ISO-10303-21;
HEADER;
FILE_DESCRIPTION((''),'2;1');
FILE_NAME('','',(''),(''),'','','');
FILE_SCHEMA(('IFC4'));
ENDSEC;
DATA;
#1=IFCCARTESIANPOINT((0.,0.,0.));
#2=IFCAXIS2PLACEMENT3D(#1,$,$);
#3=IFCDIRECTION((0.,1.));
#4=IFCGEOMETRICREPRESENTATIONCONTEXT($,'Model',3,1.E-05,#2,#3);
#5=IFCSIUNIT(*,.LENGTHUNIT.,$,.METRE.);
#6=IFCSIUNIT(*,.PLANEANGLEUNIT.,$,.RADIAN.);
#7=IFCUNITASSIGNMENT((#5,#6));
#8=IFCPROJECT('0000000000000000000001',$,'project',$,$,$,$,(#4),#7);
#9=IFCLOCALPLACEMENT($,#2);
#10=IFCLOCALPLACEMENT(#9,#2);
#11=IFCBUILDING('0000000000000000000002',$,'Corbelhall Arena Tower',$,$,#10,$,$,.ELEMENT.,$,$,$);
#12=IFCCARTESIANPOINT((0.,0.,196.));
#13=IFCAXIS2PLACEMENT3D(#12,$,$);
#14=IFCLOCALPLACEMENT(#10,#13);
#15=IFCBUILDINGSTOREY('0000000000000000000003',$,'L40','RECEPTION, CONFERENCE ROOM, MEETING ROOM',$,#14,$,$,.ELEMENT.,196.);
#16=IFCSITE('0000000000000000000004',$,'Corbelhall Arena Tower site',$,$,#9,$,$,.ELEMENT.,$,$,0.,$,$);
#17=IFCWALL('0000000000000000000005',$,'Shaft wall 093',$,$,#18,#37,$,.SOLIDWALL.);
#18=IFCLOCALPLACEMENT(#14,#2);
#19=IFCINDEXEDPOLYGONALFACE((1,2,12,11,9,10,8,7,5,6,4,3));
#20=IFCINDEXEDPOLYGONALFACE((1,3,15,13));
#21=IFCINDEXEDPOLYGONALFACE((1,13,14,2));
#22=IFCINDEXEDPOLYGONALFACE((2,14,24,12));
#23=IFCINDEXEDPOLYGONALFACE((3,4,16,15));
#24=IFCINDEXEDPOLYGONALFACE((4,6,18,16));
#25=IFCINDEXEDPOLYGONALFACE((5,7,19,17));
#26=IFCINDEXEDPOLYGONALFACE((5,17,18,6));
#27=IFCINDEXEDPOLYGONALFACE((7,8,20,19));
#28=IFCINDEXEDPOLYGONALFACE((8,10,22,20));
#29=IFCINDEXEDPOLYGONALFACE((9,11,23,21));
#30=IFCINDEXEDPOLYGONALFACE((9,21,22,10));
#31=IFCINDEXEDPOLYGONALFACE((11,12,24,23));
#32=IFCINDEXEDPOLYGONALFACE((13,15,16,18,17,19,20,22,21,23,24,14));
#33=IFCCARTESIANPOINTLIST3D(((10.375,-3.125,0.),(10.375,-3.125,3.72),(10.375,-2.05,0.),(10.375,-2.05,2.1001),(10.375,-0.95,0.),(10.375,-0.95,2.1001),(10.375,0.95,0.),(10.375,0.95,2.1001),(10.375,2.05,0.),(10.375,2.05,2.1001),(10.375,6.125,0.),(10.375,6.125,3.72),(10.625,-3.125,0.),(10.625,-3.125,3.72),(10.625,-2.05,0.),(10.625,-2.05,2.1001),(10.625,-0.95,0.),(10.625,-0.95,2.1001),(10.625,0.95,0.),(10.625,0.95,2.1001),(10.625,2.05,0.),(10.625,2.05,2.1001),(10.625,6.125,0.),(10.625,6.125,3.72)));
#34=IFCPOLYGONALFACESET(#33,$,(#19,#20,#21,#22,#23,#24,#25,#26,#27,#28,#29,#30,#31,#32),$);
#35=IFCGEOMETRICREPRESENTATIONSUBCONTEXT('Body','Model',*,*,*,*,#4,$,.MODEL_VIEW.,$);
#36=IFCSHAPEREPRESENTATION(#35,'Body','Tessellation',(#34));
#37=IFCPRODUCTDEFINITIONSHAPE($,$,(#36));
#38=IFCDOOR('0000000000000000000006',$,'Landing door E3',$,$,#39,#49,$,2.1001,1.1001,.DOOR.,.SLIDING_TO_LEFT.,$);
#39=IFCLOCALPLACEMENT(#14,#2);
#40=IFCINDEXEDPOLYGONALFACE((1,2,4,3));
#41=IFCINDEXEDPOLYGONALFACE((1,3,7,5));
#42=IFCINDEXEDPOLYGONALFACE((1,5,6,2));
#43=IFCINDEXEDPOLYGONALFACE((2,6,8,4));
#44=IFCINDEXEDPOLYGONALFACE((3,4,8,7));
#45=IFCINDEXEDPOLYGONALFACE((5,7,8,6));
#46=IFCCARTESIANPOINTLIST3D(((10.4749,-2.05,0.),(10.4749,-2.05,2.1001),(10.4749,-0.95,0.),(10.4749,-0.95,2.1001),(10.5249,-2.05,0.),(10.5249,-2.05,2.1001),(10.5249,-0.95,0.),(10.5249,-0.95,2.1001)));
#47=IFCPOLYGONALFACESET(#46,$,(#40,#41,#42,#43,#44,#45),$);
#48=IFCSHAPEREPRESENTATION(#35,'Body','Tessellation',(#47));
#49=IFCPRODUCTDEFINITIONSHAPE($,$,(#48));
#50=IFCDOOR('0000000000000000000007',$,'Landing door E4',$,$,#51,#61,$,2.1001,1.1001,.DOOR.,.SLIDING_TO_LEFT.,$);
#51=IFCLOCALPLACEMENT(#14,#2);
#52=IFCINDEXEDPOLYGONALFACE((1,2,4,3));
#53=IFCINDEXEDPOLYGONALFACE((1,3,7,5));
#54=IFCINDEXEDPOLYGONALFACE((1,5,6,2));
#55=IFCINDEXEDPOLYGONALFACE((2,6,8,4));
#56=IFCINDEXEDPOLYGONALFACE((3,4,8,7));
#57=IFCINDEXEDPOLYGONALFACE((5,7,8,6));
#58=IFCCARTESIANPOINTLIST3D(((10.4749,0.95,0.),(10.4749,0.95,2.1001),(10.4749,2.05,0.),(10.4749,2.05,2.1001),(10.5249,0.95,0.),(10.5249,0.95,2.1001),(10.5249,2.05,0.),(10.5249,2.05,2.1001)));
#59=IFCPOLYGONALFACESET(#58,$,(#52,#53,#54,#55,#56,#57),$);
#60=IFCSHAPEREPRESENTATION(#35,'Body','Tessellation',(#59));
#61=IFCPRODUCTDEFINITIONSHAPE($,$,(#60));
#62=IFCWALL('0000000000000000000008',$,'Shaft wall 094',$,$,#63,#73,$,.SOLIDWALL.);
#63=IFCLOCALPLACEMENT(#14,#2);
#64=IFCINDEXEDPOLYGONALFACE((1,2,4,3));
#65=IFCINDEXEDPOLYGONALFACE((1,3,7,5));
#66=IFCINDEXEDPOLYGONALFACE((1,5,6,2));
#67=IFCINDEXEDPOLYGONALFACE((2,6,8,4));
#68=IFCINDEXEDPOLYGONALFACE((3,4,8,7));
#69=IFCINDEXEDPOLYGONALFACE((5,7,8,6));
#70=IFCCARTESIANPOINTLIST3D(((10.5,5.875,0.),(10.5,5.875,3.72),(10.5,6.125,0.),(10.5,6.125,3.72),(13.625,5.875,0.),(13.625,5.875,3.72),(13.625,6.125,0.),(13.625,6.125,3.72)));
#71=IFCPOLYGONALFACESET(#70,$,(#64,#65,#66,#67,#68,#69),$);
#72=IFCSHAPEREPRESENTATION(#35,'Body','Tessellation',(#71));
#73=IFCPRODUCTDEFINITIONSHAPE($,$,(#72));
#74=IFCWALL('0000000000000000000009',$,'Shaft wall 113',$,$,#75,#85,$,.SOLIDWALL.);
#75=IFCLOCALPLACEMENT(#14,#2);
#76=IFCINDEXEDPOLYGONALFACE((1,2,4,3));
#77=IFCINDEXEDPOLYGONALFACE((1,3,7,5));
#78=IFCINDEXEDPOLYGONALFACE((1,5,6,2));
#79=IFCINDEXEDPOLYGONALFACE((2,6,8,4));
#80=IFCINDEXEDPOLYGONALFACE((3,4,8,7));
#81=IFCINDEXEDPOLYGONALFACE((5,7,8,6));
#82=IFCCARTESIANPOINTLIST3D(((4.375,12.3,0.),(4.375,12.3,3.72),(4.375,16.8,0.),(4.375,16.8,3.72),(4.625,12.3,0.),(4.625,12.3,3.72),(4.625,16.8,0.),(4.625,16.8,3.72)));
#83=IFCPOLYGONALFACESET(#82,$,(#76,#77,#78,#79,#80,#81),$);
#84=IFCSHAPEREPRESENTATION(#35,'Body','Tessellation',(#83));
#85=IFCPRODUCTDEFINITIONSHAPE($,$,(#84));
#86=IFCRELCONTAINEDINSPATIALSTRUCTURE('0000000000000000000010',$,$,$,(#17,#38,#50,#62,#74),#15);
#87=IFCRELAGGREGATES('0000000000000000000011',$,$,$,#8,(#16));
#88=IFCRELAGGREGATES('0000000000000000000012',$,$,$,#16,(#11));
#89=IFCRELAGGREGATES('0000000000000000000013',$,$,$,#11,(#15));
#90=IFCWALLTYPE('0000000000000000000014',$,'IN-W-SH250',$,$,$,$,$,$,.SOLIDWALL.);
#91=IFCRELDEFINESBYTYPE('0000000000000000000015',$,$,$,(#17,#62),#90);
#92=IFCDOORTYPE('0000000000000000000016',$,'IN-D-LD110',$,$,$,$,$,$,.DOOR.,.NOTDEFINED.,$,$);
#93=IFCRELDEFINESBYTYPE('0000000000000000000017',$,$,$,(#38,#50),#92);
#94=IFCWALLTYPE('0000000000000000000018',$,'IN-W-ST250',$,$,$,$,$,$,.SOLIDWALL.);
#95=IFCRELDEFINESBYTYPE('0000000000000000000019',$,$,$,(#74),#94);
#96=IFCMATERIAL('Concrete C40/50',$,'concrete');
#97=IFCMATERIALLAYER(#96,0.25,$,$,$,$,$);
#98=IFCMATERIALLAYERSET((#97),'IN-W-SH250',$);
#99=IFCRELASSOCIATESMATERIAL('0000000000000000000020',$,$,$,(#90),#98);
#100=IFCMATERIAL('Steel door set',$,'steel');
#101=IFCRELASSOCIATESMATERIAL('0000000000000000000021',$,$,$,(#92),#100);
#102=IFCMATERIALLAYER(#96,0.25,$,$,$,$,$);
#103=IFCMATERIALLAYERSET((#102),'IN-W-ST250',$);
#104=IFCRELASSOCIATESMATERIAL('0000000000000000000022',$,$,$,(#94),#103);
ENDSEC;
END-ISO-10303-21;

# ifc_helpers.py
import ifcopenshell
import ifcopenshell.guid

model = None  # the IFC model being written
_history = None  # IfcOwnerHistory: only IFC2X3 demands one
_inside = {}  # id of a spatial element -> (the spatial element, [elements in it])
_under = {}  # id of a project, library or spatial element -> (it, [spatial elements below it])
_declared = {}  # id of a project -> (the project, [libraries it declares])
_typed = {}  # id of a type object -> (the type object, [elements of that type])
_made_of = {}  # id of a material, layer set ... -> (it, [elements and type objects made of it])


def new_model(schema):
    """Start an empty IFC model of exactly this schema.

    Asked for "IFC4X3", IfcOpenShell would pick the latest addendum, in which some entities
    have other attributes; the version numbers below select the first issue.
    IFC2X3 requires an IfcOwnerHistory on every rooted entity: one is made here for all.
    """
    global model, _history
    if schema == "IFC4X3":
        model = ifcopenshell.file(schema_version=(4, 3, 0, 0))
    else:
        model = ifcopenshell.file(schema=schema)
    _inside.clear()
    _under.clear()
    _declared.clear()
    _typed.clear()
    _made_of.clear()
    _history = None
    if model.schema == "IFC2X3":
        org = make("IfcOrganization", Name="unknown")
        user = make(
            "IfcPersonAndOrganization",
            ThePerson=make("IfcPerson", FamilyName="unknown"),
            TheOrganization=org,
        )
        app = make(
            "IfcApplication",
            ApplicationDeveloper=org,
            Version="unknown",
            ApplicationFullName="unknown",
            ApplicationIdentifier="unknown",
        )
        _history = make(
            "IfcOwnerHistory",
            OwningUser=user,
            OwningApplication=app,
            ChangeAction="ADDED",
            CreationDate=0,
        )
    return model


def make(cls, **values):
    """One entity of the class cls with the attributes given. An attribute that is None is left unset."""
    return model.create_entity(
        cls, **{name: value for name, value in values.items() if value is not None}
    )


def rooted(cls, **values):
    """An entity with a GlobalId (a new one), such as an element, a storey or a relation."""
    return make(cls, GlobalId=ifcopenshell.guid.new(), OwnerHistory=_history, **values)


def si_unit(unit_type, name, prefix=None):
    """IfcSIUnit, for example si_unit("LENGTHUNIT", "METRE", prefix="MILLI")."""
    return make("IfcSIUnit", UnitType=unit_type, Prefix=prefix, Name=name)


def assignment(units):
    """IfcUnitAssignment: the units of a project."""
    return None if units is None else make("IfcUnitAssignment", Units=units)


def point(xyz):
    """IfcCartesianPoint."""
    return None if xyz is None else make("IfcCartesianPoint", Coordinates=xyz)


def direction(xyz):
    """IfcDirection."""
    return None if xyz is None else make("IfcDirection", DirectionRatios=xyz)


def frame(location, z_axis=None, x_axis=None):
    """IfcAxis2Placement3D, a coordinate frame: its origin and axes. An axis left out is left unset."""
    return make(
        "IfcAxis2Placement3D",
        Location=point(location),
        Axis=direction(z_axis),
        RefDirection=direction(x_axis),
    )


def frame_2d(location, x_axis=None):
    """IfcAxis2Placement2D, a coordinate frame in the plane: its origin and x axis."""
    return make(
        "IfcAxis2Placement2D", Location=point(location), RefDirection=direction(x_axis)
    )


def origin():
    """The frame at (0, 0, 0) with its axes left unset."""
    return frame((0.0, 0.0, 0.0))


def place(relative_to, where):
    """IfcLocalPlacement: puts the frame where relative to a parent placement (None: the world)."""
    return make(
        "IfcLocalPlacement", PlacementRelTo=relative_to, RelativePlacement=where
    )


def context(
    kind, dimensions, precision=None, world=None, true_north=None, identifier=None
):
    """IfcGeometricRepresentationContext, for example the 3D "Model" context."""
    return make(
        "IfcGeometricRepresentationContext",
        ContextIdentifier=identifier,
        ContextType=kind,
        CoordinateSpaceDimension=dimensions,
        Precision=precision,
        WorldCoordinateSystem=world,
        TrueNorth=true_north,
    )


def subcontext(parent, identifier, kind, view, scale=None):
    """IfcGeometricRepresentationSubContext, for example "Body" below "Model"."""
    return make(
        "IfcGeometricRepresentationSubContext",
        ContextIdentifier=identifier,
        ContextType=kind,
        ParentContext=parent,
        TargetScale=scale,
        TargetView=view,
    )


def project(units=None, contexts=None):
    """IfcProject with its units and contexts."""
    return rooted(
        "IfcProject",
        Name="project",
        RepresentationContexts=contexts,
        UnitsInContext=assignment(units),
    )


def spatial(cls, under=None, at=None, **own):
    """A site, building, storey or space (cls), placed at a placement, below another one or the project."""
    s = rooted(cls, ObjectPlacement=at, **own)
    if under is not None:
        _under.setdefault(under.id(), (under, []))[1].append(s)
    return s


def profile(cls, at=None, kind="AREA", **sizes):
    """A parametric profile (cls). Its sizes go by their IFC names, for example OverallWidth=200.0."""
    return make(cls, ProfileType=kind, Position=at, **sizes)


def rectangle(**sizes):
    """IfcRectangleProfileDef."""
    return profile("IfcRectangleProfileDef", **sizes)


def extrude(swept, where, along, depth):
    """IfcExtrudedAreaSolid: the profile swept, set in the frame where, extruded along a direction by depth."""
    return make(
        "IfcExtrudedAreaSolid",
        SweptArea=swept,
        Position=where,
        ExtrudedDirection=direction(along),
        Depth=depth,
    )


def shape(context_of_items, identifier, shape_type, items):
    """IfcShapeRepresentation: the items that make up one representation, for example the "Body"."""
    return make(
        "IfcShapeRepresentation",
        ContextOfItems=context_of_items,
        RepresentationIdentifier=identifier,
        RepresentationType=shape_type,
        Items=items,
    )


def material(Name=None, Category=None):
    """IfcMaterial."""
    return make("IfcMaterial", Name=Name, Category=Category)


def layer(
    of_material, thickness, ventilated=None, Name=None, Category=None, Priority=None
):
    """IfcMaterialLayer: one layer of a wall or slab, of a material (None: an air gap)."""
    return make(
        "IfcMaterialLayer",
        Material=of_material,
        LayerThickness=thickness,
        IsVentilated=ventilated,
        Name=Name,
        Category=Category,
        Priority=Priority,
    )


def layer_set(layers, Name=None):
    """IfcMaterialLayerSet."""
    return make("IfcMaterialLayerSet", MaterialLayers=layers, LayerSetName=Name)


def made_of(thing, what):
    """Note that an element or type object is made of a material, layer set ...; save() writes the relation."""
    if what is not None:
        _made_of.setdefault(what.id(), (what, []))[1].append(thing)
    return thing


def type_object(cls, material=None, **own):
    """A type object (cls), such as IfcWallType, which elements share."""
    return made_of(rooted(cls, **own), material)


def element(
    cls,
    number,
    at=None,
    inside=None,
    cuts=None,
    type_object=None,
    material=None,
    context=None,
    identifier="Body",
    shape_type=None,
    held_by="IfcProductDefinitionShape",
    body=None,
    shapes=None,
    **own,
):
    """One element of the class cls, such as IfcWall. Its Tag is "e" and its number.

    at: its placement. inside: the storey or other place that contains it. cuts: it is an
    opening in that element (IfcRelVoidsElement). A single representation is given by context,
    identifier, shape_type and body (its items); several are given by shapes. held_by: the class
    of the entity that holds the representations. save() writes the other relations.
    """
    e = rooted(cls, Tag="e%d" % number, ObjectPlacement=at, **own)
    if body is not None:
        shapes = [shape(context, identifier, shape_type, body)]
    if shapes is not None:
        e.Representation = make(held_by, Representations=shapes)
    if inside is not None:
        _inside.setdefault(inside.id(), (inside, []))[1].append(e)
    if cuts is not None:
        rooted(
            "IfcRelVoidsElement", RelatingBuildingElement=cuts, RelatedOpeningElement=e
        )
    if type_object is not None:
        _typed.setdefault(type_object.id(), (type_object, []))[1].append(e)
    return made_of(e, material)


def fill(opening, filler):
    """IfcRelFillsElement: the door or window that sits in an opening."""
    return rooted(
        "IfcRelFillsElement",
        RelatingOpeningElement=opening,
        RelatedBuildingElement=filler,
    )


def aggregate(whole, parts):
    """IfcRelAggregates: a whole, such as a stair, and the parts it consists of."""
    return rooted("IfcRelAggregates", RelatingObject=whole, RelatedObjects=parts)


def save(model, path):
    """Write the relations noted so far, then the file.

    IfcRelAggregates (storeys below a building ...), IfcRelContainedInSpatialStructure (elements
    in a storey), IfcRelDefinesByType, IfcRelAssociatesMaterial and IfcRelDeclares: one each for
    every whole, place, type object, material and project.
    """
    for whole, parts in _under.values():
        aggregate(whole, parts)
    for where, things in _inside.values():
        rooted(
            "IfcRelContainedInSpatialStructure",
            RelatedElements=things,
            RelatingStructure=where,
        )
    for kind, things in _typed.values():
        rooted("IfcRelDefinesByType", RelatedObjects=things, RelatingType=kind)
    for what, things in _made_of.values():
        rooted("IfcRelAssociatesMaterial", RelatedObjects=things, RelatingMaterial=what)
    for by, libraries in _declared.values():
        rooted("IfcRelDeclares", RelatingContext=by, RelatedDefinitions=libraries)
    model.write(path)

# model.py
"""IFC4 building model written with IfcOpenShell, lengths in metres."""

from ifc_helpers import new_model, si_unit, direction, frame, frame_2d, origin, place, context, subcontext, project, spatial, rectangle, extrude, material, layer, layer_set, type_object, element, fill, save


model = new_model("IFC4")

# Units and contexts
model_context = context("Model", 3, precision=1e-05, world=origin(), true_north=direction((0.0, 1.0)))
body_context = subcontext(model_context, "Body", "Model", "MODEL_VIEW")
ifc_project = project(units=[si_unit("LENGTHUNIT", "METRE"), si_unit("PLANEANGLEUNIT", "RADIAN")], contexts=[model_context])

# Site, building, storey
site_placement = place(None, origin())
site = spatial("IfcSite", under=ifc_project, at=site_placement, Name="Corbelhall Arena Tower site", CompositionType="ELEMENT", RefElevation=0.0)
building_placement = place(site_placement, origin())
building = spatial("IfcBuilding", under=site, at=building_placement, Name="Corbelhall Arena Tower", CompositionType="ELEMENT")
storey_placement = place(building_placement, frame((0.0, 0.0, 196.0)))
storey = spatial("IfcBuildingStorey", under=building, at=storey_placement, Name="L40", Description="RECEPTION, CONFERENCE ROOM, MEETING ROOM", CompositionType="ELEMENT", Elevation=196.0)

# Shared definitions
ifc_material_1 = material(Name="Steel door set", Category="steel")

# Shared definitions
ifc_material_2 = material(Name="Concrete C40/50", Category="concrete")
ifc_layer_1 = layer(ifc_material_2, 0.25)
ifc_layer_set_1 = layer_set([ifc_layer_1], Name="IN-W-SH250")
wall_type_1 = type_object("IfcWallType", Name="IN-W-SH250", PredefinedType="SOLIDWALL", material=ifc_layer_set_1)

# Wall, openings, doors
wall_1_placement = place(storey_placement, frame((10.5, 6.125, 0.0), z_axis=(0.0, 0.0, 1.0), x_axis=(0.0, -1.0, 0.0)))
wall_1 = element("IfcWall", 1, at=wall_1_placement, inside=storey, type_object=wall_type_1, Name="Shaft wall 093", PredefinedType="SOLIDWALL", context=body_context, shape_type="SweptSolid", body=[
    extrude(rectangle(XDim=9.25, YDim=0.25, at=frame_2d((4.625, 0.0))), origin(), (0.0, 0.0, 1.0), 3.72),
])
opening_1_placement = place(wall_1_placement, frame((7.075, 0.0, 0.0)))
opening_1 = element("IfcOpeningElement", 2, at=opening_1_placement, cuts=wall_1, PredefinedType="OPENING", context=body_context, shape_type="SweptSolid", body=[
    extrude(rectangle(XDim=1.1001, YDim=2.1001, at=frame_2d((0.55, 1.05))), frame((0.0, 0.125, 0.0), z_axis=(0.0, -1.0, 0.0), x_axis=(1.0, 0.0, 0.0)), (0.0, 0.0, 1.0), 0.25),
])
opening_2_placement = place(wall_1_placement, frame((4.075, 0.0, 0.0)))
opening_2 = element("IfcOpeningElement", 3, at=opening_2_placement, cuts=wall_1, PredefinedType="OPENING", context=body_context, shape_type="SweptSolid", body=[
    extrude(rectangle(XDim=1.1001, YDim=2.1001, at=frame_2d((0.55, 1.05))), frame((0.0, 0.125, 0.0), z_axis=(0.0, -1.0, 0.0), x_axis=(1.0, 0.0, 0.0)), (0.0, 0.0, 1.0), 0.25),
])
door_type_1 = type_object("IfcDoorType", Name="IN-D-LD110", OperationType="NOTDEFINED", PredefinedType="DOOR", material=ifc_material_1)
door_1_placement = place(opening_1_placement, origin())
door_1 = element("IfcDoor", 4, at=door_1_placement, inside=storey, type_object=door_type_1, Name="Landing door E3", OperationType="SLIDING_TO_LEFT", OverallHeight=2.1001, OverallWidth=1.1001, PredefinedType="DOOR", context=body_context, shape_type="SweptSolid", body=[
    extrude(rectangle(XDim=1.1001, YDim=2.1001, at=frame_2d((0.55, 1.05))), frame((0.0, 0.0249, 0.0), z_axis=(0.0, -1.0, 0.0), x_axis=(1.0, 0.0, 0.0)), (0.0, 0.0, 1.0), 0.05),
])
fill(opening_1, door_1)
door_2_placement = place(opening_2_placement, origin())
door_2 = element("IfcDoor", 5, at=door_2_placement, inside=storey, type_object=door_type_1, Name="Landing door E4", OperationType="SLIDING_TO_LEFT", OverallHeight=2.1001, OverallWidth=1.1001, PredefinedType="DOOR", context=body_context, shape_type="SweptSolid", body=[
    extrude(rectangle(XDim=1.1001, YDim=2.1001, at=frame_2d((0.55, 1.05))), frame((0.0, 0.0249, 0.0), z_axis=(0.0, -1.0, 0.0), x_axis=(1.0, 0.0, 0.0)), (0.0, 0.0, 1.0), 0.05),
])
fill(opening_2, door_2)

# Walls
wall_2_placement = place(storey_placement, frame((10.5, 6.0, 0.0), z_axis=(0.0, 0.0, 1.0), x_axis=(1.0, 0.0, 0.0)))
element("IfcWall", 6, at=wall_2_placement, inside=storey, type_object=wall_type_1, Name="Shaft wall 094", PredefinedType="SOLIDWALL", context=body_context, shape_type="SweptSolid", body=[
    extrude(rectangle(XDim=3.125, YDim=0.25, at=frame_2d((1.5625, 0.0))), origin(), (0.0, 0.0, 1.0), 3.72),
])
ifc_layer_2 = layer(ifc_material_2, 0.25)
ifc_layer_set_2 = layer_set([ifc_layer_2], Name="IN-W-ST250")
wall_type_2 = type_object("IfcWallType", Name="IN-W-ST250", PredefinedType="SOLIDWALL", material=ifc_layer_set_2)
wall_3_placement = place(storey_placement, frame((4.5, 12.3, 0.0), z_axis=(0.0, 0.0, 1.0), x_axis=(0.0, 1.0, 0.0)))
element("IfcWall", 7, at=wall_3_placement, inside=storey, type_object=wall_type_2, Name="Shaft wall 113", PredefinedType="SOLIDWALL", context=body_context, shape_type="SweptSolid", body=[
    extrude(rectangle(XDim=4.5, YDim=0.25, at=frame_2d((2.25, 0.0))), origin(), (0.0, 0.0, 1.0), 3.72),
])

save(model, "model.ifc")
